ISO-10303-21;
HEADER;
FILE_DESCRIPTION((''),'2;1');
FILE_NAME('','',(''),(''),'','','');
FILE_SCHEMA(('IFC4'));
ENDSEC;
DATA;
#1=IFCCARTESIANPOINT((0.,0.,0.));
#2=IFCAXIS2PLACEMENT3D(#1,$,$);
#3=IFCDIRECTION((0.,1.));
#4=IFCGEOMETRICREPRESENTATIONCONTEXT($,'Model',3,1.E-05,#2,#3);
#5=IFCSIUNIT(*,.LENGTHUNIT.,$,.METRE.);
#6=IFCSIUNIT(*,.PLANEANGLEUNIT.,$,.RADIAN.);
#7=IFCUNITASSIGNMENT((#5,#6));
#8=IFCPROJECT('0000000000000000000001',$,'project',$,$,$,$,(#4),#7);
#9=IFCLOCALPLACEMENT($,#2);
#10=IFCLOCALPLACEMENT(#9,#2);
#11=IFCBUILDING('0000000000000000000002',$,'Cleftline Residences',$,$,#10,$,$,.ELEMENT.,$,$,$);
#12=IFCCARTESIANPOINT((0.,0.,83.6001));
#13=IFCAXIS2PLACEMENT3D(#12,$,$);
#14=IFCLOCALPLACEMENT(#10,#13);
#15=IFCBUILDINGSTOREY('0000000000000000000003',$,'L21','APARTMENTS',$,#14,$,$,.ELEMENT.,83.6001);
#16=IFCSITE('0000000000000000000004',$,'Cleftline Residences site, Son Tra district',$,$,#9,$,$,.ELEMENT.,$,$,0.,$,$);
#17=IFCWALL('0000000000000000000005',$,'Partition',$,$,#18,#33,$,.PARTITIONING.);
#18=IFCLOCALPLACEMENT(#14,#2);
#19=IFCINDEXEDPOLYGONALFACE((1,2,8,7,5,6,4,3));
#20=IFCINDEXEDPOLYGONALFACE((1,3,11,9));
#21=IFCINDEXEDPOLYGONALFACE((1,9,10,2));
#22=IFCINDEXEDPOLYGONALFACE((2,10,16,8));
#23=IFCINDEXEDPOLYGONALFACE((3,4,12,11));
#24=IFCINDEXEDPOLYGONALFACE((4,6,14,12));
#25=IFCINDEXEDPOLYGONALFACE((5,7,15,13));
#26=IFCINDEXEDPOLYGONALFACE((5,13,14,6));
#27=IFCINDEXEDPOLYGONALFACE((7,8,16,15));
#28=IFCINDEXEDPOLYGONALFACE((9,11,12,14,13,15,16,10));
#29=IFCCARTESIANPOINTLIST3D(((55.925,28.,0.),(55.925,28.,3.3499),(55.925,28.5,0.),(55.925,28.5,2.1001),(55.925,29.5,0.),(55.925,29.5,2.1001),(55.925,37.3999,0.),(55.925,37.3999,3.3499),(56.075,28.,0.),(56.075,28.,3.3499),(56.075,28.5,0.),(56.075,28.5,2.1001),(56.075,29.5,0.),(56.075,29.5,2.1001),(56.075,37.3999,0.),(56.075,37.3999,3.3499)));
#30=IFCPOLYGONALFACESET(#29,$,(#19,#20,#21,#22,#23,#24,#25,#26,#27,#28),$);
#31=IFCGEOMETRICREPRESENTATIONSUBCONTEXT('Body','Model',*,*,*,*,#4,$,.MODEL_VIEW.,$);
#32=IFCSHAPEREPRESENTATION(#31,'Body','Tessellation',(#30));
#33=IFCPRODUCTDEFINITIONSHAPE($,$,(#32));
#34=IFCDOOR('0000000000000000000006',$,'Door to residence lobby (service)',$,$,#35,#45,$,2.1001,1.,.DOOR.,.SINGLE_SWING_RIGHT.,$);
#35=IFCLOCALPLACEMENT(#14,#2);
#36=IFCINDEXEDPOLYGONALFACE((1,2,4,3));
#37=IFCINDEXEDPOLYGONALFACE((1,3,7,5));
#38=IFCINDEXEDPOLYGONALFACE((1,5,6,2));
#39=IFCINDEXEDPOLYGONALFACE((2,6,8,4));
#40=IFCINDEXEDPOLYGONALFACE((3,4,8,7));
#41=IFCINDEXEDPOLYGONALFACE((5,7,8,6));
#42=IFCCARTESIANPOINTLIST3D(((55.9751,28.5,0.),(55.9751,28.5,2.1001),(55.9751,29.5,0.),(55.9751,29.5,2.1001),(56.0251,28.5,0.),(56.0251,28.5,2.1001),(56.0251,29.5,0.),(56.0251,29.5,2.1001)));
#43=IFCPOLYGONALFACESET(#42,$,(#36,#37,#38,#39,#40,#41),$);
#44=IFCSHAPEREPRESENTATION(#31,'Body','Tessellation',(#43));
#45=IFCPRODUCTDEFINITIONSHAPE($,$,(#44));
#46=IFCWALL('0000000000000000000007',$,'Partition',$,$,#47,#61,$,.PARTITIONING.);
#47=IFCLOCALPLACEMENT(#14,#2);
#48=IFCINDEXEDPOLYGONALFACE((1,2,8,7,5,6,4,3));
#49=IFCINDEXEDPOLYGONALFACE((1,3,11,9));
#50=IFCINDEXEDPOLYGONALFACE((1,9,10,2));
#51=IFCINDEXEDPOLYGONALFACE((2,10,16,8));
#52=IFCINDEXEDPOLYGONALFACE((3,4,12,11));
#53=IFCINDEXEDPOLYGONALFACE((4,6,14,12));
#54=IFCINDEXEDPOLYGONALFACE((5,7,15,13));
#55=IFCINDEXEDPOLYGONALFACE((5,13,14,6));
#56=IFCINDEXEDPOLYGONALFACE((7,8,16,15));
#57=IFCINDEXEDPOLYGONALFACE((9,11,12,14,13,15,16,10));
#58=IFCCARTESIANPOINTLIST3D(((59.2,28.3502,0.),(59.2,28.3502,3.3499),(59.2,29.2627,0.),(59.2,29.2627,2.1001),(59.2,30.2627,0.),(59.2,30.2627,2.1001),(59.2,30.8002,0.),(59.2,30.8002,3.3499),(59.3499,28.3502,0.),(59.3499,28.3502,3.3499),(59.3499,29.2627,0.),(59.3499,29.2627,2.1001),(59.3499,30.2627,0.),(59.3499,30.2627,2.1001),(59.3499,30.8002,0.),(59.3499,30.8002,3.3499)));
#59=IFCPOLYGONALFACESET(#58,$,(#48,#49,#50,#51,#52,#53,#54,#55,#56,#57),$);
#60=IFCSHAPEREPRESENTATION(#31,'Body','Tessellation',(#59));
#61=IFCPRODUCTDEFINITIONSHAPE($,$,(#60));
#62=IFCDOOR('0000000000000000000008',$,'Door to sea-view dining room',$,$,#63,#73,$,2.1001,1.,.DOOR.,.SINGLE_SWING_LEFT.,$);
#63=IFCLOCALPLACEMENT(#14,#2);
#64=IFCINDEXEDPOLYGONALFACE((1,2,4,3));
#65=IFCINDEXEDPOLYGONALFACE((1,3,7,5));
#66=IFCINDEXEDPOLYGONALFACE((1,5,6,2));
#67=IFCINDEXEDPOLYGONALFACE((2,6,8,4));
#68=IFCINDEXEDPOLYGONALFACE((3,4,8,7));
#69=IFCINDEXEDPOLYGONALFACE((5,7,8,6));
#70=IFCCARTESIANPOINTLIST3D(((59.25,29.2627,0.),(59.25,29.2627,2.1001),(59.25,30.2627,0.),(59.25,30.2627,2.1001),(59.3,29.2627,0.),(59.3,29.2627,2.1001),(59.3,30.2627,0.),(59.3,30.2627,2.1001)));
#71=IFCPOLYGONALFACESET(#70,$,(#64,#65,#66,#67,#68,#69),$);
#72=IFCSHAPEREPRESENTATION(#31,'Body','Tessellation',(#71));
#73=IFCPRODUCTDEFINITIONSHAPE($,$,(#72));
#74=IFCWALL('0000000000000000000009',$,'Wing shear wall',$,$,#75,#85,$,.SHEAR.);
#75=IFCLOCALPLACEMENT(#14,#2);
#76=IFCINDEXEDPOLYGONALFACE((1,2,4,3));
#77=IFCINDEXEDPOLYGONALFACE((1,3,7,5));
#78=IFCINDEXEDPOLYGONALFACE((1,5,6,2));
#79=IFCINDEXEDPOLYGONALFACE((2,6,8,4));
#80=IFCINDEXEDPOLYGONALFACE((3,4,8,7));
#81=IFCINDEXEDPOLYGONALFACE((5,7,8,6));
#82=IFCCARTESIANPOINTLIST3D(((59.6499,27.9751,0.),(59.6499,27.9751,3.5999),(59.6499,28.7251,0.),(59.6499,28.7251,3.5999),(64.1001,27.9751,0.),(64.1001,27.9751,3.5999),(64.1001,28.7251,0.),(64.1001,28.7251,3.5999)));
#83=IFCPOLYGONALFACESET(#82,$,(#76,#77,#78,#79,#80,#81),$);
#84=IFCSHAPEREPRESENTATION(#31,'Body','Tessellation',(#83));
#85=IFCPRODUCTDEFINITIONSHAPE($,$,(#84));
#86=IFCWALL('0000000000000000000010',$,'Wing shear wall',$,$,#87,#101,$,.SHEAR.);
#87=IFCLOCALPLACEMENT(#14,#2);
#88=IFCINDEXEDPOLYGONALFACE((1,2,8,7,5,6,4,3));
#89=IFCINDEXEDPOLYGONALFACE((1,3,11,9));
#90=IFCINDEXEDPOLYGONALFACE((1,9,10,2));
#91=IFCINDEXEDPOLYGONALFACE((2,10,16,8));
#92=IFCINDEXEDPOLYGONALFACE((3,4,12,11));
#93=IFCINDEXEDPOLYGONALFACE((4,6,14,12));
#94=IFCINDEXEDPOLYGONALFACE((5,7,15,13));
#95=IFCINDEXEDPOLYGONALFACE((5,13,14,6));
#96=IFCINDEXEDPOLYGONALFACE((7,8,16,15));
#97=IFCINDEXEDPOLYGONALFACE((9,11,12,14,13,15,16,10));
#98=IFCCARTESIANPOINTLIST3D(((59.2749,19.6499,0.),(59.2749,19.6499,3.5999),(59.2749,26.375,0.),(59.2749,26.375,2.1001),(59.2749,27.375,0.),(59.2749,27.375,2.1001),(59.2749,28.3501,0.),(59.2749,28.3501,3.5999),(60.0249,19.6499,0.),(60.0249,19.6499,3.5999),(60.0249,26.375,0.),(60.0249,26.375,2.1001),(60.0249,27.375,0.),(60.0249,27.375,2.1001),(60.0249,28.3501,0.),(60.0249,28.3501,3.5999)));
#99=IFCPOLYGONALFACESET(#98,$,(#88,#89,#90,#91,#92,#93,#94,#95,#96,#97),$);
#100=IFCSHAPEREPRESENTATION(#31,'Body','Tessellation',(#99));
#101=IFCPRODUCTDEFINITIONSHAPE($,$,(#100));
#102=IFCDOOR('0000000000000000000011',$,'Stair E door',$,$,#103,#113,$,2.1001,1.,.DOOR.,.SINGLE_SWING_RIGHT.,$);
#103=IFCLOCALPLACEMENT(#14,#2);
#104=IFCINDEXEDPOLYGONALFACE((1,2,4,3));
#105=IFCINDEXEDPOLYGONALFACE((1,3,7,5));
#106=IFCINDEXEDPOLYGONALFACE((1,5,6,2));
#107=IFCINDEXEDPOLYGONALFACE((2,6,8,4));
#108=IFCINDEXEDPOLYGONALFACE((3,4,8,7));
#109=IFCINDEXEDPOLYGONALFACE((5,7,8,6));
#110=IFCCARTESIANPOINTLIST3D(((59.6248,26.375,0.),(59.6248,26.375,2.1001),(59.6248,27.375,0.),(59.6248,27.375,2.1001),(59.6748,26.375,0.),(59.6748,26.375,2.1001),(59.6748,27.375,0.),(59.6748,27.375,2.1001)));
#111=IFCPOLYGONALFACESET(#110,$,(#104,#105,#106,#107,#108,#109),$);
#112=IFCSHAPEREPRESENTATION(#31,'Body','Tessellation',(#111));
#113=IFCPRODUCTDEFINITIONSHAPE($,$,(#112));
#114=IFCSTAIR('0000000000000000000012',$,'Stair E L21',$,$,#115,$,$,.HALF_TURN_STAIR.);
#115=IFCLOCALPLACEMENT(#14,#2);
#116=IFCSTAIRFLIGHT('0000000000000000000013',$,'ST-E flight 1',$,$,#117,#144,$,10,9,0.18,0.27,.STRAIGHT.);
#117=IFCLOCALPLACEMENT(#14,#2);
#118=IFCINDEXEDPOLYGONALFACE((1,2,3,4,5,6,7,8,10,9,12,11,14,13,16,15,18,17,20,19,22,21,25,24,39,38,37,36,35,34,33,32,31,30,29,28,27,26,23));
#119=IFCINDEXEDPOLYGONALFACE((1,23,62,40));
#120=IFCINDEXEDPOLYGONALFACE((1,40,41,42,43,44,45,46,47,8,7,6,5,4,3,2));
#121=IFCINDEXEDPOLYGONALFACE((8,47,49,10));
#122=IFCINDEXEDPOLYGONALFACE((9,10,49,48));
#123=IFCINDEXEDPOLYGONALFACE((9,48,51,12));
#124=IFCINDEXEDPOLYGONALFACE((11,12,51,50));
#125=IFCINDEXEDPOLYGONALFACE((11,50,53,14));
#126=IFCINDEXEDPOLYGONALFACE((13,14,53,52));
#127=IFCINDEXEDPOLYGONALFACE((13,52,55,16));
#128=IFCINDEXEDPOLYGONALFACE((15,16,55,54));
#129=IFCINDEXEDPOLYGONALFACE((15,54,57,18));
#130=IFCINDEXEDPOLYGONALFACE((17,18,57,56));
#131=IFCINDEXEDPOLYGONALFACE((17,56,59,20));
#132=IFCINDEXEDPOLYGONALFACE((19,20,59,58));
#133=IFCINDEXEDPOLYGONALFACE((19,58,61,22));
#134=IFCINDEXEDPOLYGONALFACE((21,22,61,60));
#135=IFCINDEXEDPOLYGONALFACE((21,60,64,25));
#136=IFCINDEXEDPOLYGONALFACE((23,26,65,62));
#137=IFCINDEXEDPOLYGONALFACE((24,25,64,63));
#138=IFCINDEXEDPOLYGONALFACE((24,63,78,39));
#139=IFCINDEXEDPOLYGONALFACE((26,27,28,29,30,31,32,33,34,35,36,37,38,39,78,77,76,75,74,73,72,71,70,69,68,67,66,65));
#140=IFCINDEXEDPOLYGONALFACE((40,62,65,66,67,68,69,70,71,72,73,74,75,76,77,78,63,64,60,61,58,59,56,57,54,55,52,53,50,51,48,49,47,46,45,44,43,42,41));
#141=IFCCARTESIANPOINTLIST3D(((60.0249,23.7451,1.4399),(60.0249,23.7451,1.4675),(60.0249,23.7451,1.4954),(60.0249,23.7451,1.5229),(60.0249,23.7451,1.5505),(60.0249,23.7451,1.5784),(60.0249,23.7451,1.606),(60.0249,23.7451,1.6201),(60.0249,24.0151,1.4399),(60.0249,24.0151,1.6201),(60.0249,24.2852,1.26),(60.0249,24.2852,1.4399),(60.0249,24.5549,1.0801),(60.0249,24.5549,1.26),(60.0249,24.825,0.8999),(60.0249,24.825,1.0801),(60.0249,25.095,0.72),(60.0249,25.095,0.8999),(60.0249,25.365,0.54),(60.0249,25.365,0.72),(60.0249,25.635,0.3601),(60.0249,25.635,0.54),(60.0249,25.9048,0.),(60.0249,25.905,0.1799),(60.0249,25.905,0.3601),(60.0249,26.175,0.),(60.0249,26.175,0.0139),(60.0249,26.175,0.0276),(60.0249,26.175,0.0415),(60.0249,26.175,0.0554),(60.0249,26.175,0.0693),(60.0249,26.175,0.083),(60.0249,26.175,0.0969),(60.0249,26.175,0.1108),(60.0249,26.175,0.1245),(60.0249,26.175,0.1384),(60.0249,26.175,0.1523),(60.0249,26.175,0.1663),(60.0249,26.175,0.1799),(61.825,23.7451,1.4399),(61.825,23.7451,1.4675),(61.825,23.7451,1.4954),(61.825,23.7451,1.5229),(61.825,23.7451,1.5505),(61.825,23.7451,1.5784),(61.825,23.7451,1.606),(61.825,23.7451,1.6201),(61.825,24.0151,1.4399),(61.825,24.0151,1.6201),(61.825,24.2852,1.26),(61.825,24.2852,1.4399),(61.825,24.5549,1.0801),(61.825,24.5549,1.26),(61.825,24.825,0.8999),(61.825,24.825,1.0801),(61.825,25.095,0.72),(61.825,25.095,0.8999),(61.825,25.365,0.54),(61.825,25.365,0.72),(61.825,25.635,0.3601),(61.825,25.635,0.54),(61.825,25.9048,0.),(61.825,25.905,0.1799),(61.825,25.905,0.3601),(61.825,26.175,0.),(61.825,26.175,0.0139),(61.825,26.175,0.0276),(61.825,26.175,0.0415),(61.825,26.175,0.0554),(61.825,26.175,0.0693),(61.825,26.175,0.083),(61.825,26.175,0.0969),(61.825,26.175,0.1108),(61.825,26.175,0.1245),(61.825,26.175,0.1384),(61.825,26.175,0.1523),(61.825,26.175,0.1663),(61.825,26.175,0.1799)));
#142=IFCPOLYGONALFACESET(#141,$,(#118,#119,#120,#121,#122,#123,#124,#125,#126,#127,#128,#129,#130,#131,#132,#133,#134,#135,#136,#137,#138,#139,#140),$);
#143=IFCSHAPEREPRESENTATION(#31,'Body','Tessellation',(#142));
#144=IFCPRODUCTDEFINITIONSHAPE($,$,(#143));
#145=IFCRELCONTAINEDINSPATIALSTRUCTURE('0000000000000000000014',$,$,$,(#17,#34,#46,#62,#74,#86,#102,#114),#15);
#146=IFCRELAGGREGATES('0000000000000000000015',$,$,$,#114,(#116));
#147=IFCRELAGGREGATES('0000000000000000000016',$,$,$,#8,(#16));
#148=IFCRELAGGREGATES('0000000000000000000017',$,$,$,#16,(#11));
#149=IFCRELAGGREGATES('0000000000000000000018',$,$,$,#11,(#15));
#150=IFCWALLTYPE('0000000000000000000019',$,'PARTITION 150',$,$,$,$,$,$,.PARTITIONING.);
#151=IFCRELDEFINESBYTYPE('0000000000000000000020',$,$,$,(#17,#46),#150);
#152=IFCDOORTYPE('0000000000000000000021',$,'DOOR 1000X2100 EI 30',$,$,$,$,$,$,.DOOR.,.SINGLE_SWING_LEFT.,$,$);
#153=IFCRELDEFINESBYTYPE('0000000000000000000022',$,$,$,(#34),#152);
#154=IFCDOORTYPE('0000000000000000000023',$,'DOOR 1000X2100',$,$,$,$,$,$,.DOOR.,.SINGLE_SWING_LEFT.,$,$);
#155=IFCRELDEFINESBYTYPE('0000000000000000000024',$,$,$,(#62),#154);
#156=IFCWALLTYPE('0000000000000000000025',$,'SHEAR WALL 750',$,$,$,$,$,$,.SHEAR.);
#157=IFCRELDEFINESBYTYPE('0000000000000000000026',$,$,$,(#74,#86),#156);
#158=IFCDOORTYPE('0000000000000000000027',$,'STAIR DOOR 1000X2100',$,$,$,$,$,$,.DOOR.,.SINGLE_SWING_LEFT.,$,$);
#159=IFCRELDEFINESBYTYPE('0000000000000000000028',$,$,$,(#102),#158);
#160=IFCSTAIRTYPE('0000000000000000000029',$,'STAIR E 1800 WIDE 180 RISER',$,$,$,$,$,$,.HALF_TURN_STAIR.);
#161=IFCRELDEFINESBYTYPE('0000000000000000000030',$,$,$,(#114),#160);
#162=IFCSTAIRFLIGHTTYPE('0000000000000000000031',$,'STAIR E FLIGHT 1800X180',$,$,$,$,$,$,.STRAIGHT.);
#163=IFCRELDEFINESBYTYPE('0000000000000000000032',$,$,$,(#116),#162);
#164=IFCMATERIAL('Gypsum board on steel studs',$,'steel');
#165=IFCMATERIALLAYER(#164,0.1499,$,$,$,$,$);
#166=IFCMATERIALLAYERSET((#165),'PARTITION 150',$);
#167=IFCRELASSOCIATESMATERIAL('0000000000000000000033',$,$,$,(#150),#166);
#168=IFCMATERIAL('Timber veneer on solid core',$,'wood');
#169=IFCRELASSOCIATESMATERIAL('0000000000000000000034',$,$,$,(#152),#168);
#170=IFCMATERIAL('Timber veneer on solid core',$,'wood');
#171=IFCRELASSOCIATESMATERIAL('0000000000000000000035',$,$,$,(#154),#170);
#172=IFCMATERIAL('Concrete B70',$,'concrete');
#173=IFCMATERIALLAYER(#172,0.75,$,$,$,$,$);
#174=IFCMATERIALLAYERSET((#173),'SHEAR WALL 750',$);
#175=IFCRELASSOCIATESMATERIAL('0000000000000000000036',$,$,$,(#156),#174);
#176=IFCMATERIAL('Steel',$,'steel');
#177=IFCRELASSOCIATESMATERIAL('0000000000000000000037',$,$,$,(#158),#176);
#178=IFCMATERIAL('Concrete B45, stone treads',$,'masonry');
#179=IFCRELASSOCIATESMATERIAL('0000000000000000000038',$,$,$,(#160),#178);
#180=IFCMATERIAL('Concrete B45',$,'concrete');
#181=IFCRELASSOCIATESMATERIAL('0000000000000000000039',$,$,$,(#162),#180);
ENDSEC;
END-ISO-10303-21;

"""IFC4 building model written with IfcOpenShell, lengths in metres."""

from ifc_helpers import new_model, si_unit, direction, frame, frame_2d, origin, place, context, subcontext, project, spatial, polyline, rectangle, outline, extrude, material, layer, layer_set, type_object, element, fill, aggregate, save


model = new_model("IFC4")

# Units and contexts
model_context = context("Model", 3, precision=1e-05, world=origin(), true_north=direction((0.0, 1.0)))
body_context = subcontext(model_context, "Body", "Model", "MODEL_VIEW")
ifc_project = project(units=[si_unit("LENGTHUNIT", "METRE"), si_unit("PLANEANGLEUNIT", "RADIAN")], contexts=[model_context])

# Site, building, storey
site_placement = place(None, origin())
site = spatial("IfcSite", under=ifc_project, at=site_placement, Name="Cleftline Residences site, Son Tra district", CompositionType="ELEMENT", RefElevation=0.0)
building_placement = place(site_placement, origin())
building = spatial("IfcBuilding", under=site, at=building_placement, Name="Cleftline Residences", CompositionType="ELEMENT")
storey_placement = place(building_placement, frame((0.0, 0.0, 83.6001)))
storey = spatial("IfcBuildingStorey", under=building, at=storey_placement, Name="L21", Description="APARTMENTS", CompositionType="ELEMENT", Elevation=83.6001)

# Shared definitions
ifc_material_1 = material(Name="Gypsum board on steel studs", Category="steel")
ifc_layer_1 = layer(ifc_material_1, 0.1499)
ifc_layer_set_1 = layer_set([ifc_layer_1], Name="PARTITION 150")
wall_type_1 = type_object("IfcWallType", Name="PARTITION 150", PredefinedType="PARTITIONING", material=ifc_layer_set_1)

# Walls, openings, doors
wall_1_placement = place(storey_placement, frame((56.0, 28.0, 0.0), z_axis=(0.0, 0.0, 1.0), x_axis=(0.0, 1.0, 0.0)))
wall_1 = element("IfcWall", 1, at=wall_1_placement, inside=storey, type_object=wall_type_1, Name="Partition", PredefinedType="PARTITIONING", context=body_context, shape_type="SweptSolid", body=[
    extrude(rectangle(XDim=9.3999, YDim=0.1499, at=frame_2d((4.7, 0.0))), origin(), (0.0, 0.0, 1.0), 3.3499),
])
opening_1_placement = place(wall_1_placement, frame((0.5, 0.0, 0.0)))
opening_1 = element("IfcOpeningElement", 2, at=opening_1_placement, cuts=wall_1, PredefinedType="OPENING", context=body_context, shape_type="SweptSolid", body=[
    extrude(rectangle(XDim=1.0, YDim=2.1001, at=frame_2d((0.5, 1.05))), frame((0.0, 0.085, 0.0), z_axis=(0.0, -1.0, 0.0), x_axis=(1.0, 0.0, 0.0)), (0.0, 0.0, 1.0), 0.1699),
])
ifc_material_2 = material(Name="Timber veneer on solid core", Category="wood")
door_type_1 = type_object("IfcDoorType", Name="DOOR 1000X2100 EI 30", OperationType="SINGLE_SWING_LEFT", PredefinedType="DOOR", material=ifc_material_2)
door_1_placement = place(opening_1_placement, origin())
door_1 = element("IfcDoor", 3, at=door_1_placement, inside=storey, type_object=door_type_1, Name="Door to residence lobby (service)", OperationType="SINGLE_SWING_RIGHT", OverallHeight=2.1001, OverallWidth=1.0, PredefinedType="DOOR", context=body_context, shape_type="SweptSolid", body=[
    extrude(rectangle(XDim=1.0, YDim=2.1001, at=frame_2d((0.5, 1.05))), frame((0.0, 0.0249, 0.0), z_axis=(0.0, -1.0, 0.0), x_axis=(1.0, 0.0, 0.0)), (0.0, 0.0, 1.0), 0.05),
])
fill(opening_1, door_1)
wall_2_placement = place(storey_placement, frame((59.2749, 28.3501, 0.0), z_axis=(0.0, 0.0, 1.0), x_axis=(0.0, 1.0, 0.0)))
wall_2 = element("IfcWall", 4, at=wall_2_placement, inside=storey, type_object=wall_type_1, Name="Partition", PredefinedType="PARTITIONING", context=body_context, shape_type="SweptSolid", body=[
    extrude(rectangle(XDim=2.45, YDim=0.1499, at=frame_2d((1.2251, 0.0))), origin(), (0.0, 0.0, 1.0), 3.3499),
])
opening_2_placement = place(wall_2_placement, frame((0.9126, 0.0, 0.0)))
opening_2 = element("IfcOpeningElement", 5, at=opening_2_placement, cuts=wall_2, PredefinedType="OPENING", context=body_context, shape_type="SweptSolid", body=[
    extrude(rectangle(XDim=1.0, YDim=2.1001, at=frame_2d((0.5, 1.05))), frame((0.0, 0.085, 0.0), z_axis=(0.0, -1.0, 0.0), x_axis=(1.0, 0.0, 0.0)), (0.0, 0.0, 1.0), 0.1699),
])
ifc_material_3 = material(Name="Timber veneer on solid core", Category="wood")
door_type_2 = type_object("IfcDoorType", Name="DOOR 1000X2100", OperationType="SINGLE_SWING_LEFT", PredefinedType="DOOR", material=ifc_material_3)
door_2_placement = place(opening_2_placement, origin())
door_2 = element("IfcDoor", 6, at=door_2_placement, inside=storey, type_object=door_type_2, Name="Door to sea-view dining room", OperationType="SINGLE_SWING_LEFT", OverallHeight=2.1001, OverallWidth=1.0, PredefinedType="DOOR", context=body_context, shape_type="SweptSolid", body=[
    extrude(rectangle(XDim=1.0, YDim=2.1001, at=frame_2d((0.5, 1.05))), frame((0.0, 0.0249, 0.0), z_axis=(0.0, -1.0, 0.0), x_axis=(1.0, 0.0, 0.0)), (0.0, 0.0, 1.0), 0.05),
])
fill(opening_2, door_2)

# Wall
ifc_material_4 = material(Name="Concrete B70", Category="concrete")
ifc_layer_2 = layer(ifc_material_4, 0.75)
ifc_layer_set_2 = layer_set([ifc_layer_2], Name="SHEAR WALL 750")
wall_type_2 = type_object("IfcWallType", Name="SHEAR WALL 750", PredefinedType="SHEAR", material=ifc_layer_set_2)
wall_3_placement = place(storey_placement, frame((64.1001, 28.3501, 0.0), z_axis=(0.0, 0.0, 1.0), x_axis=(-1.0, 0.0, 0.0)))
element("IfcWall", 7, at=wall_3_placement, inside=storey, type_object=wall_type_2, Name="Wing shear wall", PredefinedType="SHEAR", context=body_context, shape_type="SweptSolid", body=[
    extrude(rectangle(XDim=4.4502, YDim=0.75, at=frame_2d((2.2251, 0.0))), origin(), (0.0, 0.0, 1.0), 3.5999),
])

# Wall, opening, door
wall_4_placement = place(storey_placement, frame((59.6499, 28.3501, 0.0), z_axis=(0.0, 0.0, 1.0), x_axis=(0.0, -1.0, 0.0)))
wall_4 = element("IfcWall", 8, at=wall_4_placement, inside=storey, type_object=wall_type_2, Name="Wing shear wall", PredefinedType="SHEAR", context=body_context, shape_type="SweptSolid", body=[
    extrude(rectangle(XDim=8.7002, YDim=0.75, at=frame_2d((4.3501, 0.0))), origin(), (0.0, 0.0, 1.0), 3.5999),
])
opening_3_placement = place(wall_4_placement, frame((0.9751, 0.0, 0.0)))
opening_3 = element("IfcOpeningElement", 9, at=opening_3_placement, cuts=wall_4, PredefinedType="OPENING", context=body_context, shape_type="SweptSolid", body=[
    extrude(rectangle(XDim=1.0, YDim=2.1001, at=frame_2d((0.5, 1.05))), frame((0.0, 0.385, 0.0), z_axis=(0.0, -1.0, 0.0), x_axis=(1.0, 0.0, 0.0)), (0.0, 0.0, 1.0), 0.77),
])
ifc_material_5 = material(Name="Steel", Category="steel")
door_type_3 = type_object("IfcDoorType", Name="STAIR DOOR 1000X2100", OperationType="SINGLE_SWING_LEFT", PredefinedType="DOOR", material=ifc_material_5)
door_3_placement = place(opening_3_placement, origin())
door_3 = element("IfcDoor", 10, at=door_3_placement, inside=storey, type_object=door_type_3, Name="Stair E door", OperationType="SINGLE_SWING_RIGHT", OverallHeight=2.1001, OverallWidth=1.0, PredefinedType="DOOR", context=body_context, shape_type="SweptSolid", body=[
    extrude(rectangle(XDim=1.0, YDim=2.1001, at=frame_2d((0.5, 1.05))), frame((0.0, 0.0249, 0.0), z_axis=(0.0, -1.0, 0.0), x_axis=(1.0, 0.0, 0.0)), (0.0, 0.0, 1.0), 0.05),
])
fill(opening_3, door_3)

# Stair, stair flight
ifc_material_6 = material(Name="Concrete B45, stone treads", Category="masonry")
stair_type = type_object("IfcStairType", Name="STAIR E 1800 WIDE 180 RISER", PredefinedType="HALF_TURN_STAIR", material=ifc_material_6)
stair_placement = place(storey_placement, origin())
stair = element("IfcStair", 11, at=stair_placement, inside=storey, type_object=stair_type, Name="Stair E L21", PredefinedType="HALF_TURN_STAIR")
ifc_material_7 = material(Name="Concrete B45", Category="concrete")
stair_flight_type = type_object("IfcStairFlightType", Name="STAIR E FLIGHT 1800X180", PredefinedType="STRAIGHT", material=ifc_material_7)
stair_flight_placement = place(storey_placement, frame((60.925, 26.175, 0.0), z_axis=(0.0, 0.0, 1.0), x_axis=(0.0, -1.0, 0.0)))
stair_flight = element("IfcStairFlight", 12, at=stair_flight_placement, type_object=stair_flight_type, Name="ST-E flight 1", NumberOfRisers=10, NumberOfTreads=9, PredefinedType="STRAIGHT", RiserHeight=0.18, TreadLength=0.27, context=body_context, shape_type="SweptSolid", body=[
    extrude(outline(polyline([(0.0, 0.0), (0.0, 0.0139), (0.0, 0.0276), (0.0, 0.0415), (0.0, 0.0554), (0.0, 0.0693), (0.0, 0.083), (0.0, 0.0969), (0.0, 0.1108), (0.0, 0.1245), (0.0, 0.1384), (0.0, 0.1523), (0.0, 0.1663), (0.0, 0.1799), (0.27, 0.1799), (0.27, 0.3601), (0.54, 0.3601), (0.54, 0.54), (0.8101, 0.54), (0.8101, 0.72), (1.0801, 0.72), (1.0801, 0.8999), (1.3501, 0.8999), (1.3501, 1.0801), (1.6201, 1.0801), (1.6201, 1.26), (1.8899, 1.26), (1.8899, 1.4399), (2.1599, 1.4399), (2.1599, 1.6201), (2.4299, 1.6201), (2.4299, 1.8), (2.4299, 1.7722), (2.4299, 1.7446), (2.4299, 1.7168), (2.4299, 1.6892), (2.4299, 1.6614), (2.4299, 1.6338), (2.4299, 1.606), (2.4299, 1.5784), (2.4299, 1.5505), (2.4299, 1.5229), (2.4299, 1.4954), (2.4299, 1.4675), (2.4299, 1.4399), (0.2703, 0.0), (0.0, 0.0)])), frame((0.0, 0.8999, 0.0), z_axis=(0.0, -1.0, 0.0), x_axis=(1.0, 0.0, 0.0)), (0.0, 0.0, 1.0), 1.8),
])
aggregate(stair, [stair_flight])

save(model, "model.ifc")
